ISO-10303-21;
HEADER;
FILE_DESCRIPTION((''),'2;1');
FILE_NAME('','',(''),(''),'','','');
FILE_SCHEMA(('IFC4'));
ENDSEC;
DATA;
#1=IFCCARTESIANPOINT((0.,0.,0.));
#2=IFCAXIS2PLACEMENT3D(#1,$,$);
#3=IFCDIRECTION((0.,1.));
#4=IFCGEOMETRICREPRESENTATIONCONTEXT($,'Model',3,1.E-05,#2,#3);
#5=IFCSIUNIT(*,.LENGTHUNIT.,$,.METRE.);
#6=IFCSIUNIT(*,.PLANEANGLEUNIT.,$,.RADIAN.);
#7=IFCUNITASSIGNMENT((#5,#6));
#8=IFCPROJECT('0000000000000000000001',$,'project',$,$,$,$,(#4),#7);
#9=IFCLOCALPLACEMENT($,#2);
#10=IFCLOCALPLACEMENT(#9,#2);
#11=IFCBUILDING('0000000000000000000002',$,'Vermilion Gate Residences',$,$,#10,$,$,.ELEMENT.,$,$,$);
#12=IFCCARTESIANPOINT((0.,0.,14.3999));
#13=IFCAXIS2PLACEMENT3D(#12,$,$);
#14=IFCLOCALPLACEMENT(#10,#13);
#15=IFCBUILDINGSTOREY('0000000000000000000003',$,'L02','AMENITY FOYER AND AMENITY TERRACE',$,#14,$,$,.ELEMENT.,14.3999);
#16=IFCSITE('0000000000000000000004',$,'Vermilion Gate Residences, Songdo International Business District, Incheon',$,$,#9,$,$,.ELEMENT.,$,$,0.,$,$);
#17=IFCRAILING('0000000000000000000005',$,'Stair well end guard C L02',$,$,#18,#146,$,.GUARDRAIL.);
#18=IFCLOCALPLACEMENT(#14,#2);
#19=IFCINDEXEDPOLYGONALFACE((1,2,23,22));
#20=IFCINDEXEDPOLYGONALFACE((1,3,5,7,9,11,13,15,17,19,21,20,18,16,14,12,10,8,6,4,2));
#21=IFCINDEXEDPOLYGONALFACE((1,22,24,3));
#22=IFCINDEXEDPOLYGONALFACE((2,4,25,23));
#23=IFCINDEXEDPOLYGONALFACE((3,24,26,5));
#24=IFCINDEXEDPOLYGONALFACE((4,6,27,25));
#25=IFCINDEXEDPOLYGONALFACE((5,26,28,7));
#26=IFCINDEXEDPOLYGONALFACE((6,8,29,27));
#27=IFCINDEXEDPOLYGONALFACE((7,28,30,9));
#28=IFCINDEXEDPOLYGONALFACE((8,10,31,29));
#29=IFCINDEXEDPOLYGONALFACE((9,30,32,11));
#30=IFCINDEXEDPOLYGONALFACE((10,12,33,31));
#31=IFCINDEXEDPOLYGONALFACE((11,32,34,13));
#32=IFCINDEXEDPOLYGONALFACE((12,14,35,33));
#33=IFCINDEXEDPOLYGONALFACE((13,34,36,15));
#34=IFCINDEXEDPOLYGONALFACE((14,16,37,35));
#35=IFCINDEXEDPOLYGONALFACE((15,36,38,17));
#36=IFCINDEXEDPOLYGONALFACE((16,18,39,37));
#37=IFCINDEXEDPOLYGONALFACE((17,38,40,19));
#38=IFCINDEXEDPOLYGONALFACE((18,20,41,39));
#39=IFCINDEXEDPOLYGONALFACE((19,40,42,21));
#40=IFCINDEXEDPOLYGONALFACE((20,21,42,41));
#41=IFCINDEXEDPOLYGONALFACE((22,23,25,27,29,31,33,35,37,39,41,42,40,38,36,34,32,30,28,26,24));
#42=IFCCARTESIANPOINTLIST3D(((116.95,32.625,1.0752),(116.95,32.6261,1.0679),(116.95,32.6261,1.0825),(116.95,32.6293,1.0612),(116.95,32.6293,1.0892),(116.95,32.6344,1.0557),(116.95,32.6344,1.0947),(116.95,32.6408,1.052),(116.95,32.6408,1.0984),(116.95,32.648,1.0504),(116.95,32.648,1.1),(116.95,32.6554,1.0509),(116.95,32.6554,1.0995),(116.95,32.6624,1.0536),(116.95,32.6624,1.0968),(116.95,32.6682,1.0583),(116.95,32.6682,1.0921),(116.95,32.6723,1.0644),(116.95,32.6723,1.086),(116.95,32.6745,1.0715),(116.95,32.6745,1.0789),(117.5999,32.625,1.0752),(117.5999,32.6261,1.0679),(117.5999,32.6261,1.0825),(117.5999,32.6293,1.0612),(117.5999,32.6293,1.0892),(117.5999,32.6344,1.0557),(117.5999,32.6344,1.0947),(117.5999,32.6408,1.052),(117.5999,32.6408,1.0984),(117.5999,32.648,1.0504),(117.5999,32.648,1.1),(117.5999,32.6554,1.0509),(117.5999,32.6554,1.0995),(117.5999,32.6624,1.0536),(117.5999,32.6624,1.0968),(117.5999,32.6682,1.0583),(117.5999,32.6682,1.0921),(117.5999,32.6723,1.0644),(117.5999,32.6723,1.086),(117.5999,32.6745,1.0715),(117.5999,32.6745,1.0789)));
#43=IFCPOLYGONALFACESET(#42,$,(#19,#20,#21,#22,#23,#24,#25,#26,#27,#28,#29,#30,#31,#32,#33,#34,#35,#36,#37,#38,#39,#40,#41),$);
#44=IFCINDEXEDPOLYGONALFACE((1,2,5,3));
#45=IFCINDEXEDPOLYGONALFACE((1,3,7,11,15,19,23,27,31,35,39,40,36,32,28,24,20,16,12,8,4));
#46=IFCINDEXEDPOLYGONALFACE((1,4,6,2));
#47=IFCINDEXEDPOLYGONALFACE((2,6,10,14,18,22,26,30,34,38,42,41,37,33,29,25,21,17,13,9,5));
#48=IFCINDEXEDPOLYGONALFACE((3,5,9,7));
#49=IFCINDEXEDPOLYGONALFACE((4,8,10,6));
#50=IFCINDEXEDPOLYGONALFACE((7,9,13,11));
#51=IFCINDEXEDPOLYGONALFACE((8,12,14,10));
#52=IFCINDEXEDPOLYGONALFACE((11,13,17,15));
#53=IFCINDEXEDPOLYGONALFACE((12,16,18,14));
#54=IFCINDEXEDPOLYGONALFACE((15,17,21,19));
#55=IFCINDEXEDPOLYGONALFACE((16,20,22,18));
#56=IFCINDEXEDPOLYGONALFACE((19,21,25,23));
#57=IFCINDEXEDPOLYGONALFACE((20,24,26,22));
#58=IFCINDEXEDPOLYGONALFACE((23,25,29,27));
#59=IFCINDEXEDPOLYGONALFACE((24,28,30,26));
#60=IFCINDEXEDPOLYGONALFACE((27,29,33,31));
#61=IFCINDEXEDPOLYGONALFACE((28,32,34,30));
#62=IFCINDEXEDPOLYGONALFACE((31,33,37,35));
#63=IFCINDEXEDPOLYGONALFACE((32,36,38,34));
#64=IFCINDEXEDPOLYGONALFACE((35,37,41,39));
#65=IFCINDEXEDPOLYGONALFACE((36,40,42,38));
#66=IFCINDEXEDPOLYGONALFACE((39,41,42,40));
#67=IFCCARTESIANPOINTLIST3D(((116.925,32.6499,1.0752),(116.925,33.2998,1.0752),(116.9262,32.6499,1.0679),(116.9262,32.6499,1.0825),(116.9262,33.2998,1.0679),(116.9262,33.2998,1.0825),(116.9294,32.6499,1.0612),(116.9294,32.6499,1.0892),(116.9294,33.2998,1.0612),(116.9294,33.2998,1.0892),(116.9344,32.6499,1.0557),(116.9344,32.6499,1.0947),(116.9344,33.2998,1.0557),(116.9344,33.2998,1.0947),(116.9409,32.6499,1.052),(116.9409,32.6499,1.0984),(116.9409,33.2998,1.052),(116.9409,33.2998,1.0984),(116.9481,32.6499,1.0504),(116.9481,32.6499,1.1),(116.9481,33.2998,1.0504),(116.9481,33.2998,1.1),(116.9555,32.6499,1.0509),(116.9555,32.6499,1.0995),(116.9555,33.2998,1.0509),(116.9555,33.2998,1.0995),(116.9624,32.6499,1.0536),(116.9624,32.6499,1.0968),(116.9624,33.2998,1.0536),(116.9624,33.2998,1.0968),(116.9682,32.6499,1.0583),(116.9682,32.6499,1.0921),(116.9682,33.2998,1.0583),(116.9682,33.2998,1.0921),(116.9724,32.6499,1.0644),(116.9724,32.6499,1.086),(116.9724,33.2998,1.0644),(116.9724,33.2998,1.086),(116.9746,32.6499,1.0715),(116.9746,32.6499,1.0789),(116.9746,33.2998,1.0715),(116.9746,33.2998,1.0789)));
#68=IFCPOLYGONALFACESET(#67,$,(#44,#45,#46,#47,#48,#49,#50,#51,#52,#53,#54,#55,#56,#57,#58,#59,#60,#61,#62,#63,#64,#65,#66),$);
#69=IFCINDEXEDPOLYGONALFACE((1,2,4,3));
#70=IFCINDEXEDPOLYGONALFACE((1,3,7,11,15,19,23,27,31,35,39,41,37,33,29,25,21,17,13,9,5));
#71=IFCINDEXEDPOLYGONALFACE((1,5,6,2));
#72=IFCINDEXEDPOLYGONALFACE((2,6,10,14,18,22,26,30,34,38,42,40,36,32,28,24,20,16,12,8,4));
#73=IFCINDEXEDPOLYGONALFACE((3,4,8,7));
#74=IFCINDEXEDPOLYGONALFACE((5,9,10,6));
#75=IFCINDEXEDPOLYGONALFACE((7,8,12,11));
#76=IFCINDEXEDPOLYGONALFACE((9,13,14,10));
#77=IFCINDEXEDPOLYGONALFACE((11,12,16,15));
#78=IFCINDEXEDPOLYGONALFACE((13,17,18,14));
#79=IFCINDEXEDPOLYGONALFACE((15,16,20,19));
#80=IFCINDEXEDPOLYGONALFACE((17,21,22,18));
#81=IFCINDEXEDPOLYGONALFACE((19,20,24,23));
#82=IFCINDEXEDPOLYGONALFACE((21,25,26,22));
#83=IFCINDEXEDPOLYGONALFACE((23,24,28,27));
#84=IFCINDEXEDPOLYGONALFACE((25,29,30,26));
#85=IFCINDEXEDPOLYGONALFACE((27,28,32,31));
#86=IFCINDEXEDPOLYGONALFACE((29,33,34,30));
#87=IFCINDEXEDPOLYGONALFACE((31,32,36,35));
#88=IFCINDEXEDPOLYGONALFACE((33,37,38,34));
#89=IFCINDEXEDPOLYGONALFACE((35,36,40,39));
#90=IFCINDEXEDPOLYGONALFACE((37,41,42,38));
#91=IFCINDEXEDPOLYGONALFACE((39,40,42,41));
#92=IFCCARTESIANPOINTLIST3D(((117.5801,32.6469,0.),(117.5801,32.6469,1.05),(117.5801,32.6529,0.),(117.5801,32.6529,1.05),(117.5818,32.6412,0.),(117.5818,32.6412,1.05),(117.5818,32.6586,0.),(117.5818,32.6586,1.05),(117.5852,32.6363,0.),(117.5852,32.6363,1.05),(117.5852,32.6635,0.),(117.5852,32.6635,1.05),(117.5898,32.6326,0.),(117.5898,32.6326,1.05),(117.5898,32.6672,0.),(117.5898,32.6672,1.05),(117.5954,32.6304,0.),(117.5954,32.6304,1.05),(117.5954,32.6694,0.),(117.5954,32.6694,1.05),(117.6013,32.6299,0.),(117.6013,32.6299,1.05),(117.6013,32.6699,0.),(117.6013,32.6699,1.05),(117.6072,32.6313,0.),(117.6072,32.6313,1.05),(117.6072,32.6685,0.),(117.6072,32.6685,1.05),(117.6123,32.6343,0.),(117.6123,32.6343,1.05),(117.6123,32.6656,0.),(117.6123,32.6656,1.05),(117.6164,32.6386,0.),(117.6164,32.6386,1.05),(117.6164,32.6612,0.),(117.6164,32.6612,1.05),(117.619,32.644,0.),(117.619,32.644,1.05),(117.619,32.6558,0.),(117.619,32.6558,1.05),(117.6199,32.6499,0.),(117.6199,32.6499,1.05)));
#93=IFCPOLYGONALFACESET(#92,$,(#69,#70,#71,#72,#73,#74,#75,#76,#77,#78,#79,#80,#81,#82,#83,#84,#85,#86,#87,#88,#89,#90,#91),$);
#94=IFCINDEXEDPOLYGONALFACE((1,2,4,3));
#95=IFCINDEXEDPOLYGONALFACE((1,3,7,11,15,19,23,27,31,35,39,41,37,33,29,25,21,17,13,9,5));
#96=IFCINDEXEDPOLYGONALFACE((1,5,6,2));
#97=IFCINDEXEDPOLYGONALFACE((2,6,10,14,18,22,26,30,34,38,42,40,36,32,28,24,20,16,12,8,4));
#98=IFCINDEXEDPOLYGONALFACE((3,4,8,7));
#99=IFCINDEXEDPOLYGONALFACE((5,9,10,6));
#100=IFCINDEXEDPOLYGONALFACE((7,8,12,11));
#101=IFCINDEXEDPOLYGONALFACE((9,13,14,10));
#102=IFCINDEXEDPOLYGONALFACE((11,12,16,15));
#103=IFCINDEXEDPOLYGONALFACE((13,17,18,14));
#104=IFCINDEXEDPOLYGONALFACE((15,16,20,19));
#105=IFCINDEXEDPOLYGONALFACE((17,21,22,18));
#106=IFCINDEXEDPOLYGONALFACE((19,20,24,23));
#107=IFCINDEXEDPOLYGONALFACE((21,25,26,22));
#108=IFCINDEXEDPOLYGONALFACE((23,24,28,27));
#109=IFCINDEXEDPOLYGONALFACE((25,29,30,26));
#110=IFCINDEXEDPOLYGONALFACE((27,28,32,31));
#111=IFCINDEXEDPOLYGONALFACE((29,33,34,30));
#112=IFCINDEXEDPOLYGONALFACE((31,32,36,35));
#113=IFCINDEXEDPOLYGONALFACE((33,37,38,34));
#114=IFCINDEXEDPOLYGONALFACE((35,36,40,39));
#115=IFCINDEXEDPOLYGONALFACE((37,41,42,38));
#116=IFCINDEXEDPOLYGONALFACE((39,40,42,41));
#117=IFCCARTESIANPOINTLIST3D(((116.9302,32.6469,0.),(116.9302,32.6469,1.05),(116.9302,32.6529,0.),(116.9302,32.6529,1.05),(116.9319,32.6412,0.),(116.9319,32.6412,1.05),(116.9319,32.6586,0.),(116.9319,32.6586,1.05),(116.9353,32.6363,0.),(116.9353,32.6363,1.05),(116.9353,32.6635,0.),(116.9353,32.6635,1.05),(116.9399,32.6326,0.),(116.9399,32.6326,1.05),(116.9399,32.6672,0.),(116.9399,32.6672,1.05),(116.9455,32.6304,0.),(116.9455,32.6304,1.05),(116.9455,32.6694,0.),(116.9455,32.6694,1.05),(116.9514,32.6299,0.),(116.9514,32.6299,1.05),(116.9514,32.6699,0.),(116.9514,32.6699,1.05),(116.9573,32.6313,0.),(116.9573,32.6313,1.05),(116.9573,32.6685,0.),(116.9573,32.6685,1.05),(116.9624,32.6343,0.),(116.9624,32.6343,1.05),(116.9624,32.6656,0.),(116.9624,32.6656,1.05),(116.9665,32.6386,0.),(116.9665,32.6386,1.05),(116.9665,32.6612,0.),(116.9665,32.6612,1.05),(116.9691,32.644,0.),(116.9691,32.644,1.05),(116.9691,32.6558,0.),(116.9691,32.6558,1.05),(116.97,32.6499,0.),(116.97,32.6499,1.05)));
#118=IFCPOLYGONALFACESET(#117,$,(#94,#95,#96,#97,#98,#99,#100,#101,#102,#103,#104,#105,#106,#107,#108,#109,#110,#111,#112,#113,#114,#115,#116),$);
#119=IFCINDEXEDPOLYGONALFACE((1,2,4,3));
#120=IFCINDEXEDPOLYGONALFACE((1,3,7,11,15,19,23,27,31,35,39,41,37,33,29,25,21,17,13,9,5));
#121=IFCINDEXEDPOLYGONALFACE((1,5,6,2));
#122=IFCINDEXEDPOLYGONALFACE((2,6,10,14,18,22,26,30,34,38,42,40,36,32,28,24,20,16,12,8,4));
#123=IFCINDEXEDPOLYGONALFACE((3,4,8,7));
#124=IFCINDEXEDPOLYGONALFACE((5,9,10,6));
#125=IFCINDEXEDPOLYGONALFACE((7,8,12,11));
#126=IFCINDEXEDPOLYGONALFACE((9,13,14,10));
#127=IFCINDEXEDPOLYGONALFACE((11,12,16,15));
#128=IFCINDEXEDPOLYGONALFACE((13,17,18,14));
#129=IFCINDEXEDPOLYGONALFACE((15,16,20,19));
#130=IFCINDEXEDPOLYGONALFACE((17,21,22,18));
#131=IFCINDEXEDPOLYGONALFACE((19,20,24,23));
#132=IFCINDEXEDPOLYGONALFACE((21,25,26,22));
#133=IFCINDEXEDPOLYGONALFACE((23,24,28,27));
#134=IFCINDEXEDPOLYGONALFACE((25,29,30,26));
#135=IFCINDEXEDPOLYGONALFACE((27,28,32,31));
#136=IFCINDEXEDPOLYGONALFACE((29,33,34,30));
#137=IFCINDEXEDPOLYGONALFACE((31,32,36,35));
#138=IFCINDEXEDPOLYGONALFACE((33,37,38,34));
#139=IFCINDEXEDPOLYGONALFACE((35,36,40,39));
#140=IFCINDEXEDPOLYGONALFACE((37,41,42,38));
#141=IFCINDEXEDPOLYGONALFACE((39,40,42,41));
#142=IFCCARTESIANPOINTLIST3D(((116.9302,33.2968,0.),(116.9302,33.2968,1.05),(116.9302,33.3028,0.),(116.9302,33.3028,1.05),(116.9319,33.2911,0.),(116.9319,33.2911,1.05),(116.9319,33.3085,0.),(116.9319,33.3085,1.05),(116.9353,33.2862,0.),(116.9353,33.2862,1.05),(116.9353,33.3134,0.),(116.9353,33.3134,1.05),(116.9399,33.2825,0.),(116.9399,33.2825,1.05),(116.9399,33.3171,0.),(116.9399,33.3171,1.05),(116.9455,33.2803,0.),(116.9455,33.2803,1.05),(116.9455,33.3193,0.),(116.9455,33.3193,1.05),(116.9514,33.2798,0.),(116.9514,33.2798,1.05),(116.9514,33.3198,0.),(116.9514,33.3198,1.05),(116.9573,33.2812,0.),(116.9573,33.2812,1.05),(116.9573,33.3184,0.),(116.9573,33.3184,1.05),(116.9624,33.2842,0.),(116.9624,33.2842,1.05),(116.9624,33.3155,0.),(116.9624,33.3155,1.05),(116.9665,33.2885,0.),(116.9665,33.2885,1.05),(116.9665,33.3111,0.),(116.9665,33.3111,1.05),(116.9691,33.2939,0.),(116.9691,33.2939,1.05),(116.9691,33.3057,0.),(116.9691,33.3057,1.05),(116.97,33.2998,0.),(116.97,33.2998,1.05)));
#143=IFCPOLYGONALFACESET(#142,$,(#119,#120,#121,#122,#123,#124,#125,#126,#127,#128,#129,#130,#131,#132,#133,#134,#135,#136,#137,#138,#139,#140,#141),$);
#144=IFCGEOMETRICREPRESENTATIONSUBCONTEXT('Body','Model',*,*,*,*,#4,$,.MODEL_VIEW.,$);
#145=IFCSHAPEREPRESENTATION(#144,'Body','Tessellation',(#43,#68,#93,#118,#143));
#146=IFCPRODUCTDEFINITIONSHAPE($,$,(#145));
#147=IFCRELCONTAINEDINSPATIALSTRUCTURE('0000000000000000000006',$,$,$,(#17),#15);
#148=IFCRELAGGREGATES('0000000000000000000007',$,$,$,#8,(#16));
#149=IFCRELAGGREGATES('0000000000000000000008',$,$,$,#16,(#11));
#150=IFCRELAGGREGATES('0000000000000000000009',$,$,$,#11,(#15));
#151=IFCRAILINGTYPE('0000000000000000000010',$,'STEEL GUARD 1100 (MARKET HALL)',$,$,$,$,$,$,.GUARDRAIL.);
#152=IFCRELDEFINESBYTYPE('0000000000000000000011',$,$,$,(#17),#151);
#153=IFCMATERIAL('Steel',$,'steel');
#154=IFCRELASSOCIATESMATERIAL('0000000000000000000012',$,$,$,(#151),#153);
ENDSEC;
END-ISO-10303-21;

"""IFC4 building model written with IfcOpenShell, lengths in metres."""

from ifc_helpers import new_model, si_unit, direction, frame, origin, origin_2d, place, context, subcontext, project, spatial, circle, extrude, material, type_object, element, save


model = new_model("IFC4")

# Units and contexts
model_context = context("Model", 3, precision=1e-05, world=origin(), true_north=direction((0.0, 1.0)))
body_context = subcontext(model_context, "Body", "Model", "MODEL_VIEW")
ifc_project = project(units=[si_unit("LENGTHUNIT", "METRE"), si_unit("PLANEANGLEUNIT", "RADIAN")], contexts=[model_context])

# Site, building, storey
site_placement = place(None, origin())
site = spatial("IfcSite", under=ifc_project, at=site_placement, Name="Vermilion Gate Residences, Songdo International Business District, Incheon", CompositionType="ELEMENT", RefElevation=0.0)
building_placement = place(site_placement, origin())
building = spatial("IfcBuilding", under=site, at=building_placement, Name="Vermilion Gate Residences", CompositionType="ELEMENT")
storey_placement = place(building_placement, frame((0.0, 0.0, 14.3999)))
storey = spatial("IfcBuildingStorey", under=building, at=storey_placement, Name="L02", Description="AMENITY FOYER AND AMENITY TERRACE", CompositionType="ELEMENT", Elevation=14.3999)

# Railing
ifc_material_1 = material(Name="Steel", Category="steel")
railing_type_1 = type_object("IfcRailingType", Name="STEEL GUARD 1100 (MARKET HALL)", PredefinedType="GUARDRAIL", material=ifc_material_1)
railing_placement = place(storey_placement, frame((117.5999, 32.6499, 0.0)))
element("IfcRailing", 1, at=railing_placement, inside=storey, type_object=railing_type_1, Name="Stair well end guard C L02", PredefinedType="GUARDRAIL", context=body_context, shape_type="SweptSolid", body=[
    extrude(circle(Radius=0.0249, at=origin_2d()), frame((0.0, 0.0, 1.0752), z_axis=(-1.0, 0.0, 0.0), x_axis=(0.0, -1.0, 0.0)), (0.0, 0.0, 1.0), 0.6499),
    extrude(circle(Radius=0.0249, at=origin_2d()), frame((-0.6499, 0.0, 1.0752), z_axis=(0.0, 1.0, 0.0), x_axis=(-1.0, 0.0, 0.0)), (0.0, 0.0, 1.0), 0.6499),
    extrude(circle(Radius=0.02, at=origin_2d()), origin(), (0.0, 0.0, 1.0), 1.05),
    extrude(circle(Radius=0.02, at=origin_2d()), frame((-0.6499, 0.0, 0.0)), (0.0, 0.0, 1.0), 1.05),
    extrude(circle(Radius=0.02, at=origin_2d()), frame((-0.6499, 0.6499, 0.0)), (0.0, 0.0, 1.0), 1.05),
])

save(model, "model.ifc")
